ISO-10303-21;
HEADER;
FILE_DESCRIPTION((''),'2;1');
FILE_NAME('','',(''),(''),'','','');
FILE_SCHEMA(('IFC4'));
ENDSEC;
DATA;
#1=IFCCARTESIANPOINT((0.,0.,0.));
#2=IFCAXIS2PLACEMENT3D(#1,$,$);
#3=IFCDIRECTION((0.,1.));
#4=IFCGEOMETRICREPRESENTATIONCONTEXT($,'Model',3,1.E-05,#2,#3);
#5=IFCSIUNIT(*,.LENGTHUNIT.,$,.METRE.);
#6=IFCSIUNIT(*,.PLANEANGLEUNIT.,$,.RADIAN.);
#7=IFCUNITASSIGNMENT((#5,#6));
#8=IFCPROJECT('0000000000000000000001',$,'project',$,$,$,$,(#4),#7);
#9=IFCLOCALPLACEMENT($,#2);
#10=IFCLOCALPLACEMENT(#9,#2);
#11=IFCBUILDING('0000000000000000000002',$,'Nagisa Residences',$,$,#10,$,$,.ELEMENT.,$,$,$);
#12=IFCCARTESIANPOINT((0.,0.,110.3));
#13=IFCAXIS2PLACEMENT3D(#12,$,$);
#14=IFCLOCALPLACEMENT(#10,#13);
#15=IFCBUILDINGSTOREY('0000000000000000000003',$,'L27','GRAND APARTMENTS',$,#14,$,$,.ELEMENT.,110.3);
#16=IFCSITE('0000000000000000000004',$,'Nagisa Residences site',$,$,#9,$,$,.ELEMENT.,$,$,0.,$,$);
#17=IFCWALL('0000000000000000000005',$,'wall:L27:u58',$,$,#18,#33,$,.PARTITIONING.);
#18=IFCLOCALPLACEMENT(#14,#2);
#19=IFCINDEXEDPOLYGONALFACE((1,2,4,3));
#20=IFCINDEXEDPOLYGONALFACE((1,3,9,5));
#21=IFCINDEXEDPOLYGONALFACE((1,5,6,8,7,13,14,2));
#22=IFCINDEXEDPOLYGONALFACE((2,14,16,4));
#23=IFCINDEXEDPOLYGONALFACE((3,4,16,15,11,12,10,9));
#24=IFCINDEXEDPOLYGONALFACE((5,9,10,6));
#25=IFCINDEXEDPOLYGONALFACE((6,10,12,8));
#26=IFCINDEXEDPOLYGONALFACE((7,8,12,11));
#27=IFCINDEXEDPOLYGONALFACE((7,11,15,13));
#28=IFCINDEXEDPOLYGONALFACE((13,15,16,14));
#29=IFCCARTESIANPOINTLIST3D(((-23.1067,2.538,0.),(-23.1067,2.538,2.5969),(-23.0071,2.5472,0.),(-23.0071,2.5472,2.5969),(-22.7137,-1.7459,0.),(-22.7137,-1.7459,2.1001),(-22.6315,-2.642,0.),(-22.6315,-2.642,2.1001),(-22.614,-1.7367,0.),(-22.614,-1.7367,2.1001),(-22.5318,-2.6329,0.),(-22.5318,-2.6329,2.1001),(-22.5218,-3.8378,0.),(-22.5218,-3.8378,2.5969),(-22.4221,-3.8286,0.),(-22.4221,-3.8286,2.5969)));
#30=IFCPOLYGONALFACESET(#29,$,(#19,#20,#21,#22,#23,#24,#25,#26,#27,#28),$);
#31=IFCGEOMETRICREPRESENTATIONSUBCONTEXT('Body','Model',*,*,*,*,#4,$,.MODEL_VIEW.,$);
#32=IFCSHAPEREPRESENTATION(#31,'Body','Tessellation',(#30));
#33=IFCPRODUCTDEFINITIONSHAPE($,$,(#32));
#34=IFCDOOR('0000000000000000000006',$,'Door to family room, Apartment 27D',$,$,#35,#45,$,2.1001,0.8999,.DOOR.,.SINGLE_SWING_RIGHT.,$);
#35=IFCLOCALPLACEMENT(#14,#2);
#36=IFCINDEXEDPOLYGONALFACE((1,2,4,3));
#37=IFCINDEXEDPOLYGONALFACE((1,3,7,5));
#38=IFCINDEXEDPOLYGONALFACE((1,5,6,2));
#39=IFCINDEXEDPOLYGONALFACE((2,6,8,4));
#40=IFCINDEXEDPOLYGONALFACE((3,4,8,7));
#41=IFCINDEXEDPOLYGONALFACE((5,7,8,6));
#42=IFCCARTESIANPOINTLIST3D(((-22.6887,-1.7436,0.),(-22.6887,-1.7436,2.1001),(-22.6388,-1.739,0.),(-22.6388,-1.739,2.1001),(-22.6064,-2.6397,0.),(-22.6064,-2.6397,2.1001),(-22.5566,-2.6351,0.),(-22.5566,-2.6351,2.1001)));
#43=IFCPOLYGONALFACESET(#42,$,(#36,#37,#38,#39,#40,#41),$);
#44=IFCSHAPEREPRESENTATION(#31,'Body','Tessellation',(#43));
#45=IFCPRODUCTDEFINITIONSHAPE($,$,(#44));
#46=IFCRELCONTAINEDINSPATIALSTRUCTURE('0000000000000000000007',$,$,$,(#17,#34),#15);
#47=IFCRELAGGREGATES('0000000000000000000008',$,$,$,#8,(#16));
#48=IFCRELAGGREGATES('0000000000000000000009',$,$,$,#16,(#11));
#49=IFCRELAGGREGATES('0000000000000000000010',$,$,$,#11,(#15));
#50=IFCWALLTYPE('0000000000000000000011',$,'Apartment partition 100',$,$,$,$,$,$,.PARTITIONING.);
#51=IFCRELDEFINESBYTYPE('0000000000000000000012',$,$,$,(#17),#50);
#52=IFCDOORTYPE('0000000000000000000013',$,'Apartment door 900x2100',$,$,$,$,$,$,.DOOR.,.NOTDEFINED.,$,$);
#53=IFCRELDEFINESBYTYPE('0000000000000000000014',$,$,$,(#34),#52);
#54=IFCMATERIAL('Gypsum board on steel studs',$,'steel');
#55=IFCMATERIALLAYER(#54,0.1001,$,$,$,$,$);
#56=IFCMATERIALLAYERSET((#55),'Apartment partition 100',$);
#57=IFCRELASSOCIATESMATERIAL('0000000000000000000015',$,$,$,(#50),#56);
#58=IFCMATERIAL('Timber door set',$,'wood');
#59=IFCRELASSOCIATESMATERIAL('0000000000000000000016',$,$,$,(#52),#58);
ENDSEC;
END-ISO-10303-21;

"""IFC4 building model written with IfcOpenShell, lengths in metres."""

from ifc_helpers import new_model, si_unit, direction, frame, frame_2d, origin, place, context, subcontext, project, spatial, rectangle, extrude, material, layer, layer_set, type_object, element, fill, save


model = new_model("IFC4")

# Units and contexts
model_context = context("Model", 3, precision=1e-05, world=origin(), true_north=direction((0.0, 1.0)))
body_context = subcontext(model_context, "Body", "Model", "MODEL_VIEW")
ifc_project = project(units=[si_unit("LENGTHUNIT", "METRE"), si_unit("PLANEANGLEUNIT", "RADIAN")], contexts=[model_context])

# Site, building, storey
site_placement = place(None, origin())
site = spatial("IfcSite", under=ifc_project, at=site_placement, Name="Nagisa Residences site", CompositionType="ELEMENT", RefElevation=0.0)
building_placement = place(site_placement, origin())
building = spatial("IfcBuilding", under=site, at=building_placement, Name="Nagisa Residences", CompositionType="ELEMENT")
storey_placement = place(building_placement, frame((0.0, 0.0, 110.3)))
storey = spatial("IfcBuildingStorey", under=building, at=storey_placement, Name="L27", Description="GRAND APARTMENTS", CompositionType="ELEMENT", Elevation=110.3)

# Shared definitions
ifc_material_1 = material(Name="Gypsum board on steel studs", Category="steel")
ifc_layer_1 = layer(ifc_material_1, 0.1001)
ifc_layer_set_1 = layer_set([ifc_layer_1], Name="Apartment partition 100")
wall_type_1 = type_object("IfcWallType", Name="Apartment partition 100", PredefinedType="PARTITIONING", material=ifc_layer_set_1)
ifc_material_2 = material(Name="Timber door set", Category="wood")
door_type_1 = type_object("IfcDoorType", Name="Apartment door 900x2100", OperationType="NOTDEFINED", PredefinedType="DOOR", material=ifc_material_2)

# Wall, opening, door
wall_1_placement = place(storey_placement, frame((-23.0569, 2.5425, 0.0), z_axis=(0.0, 0.0, 1.0), x_axis=(0.091364, -0.995818, 0.0)))
wall_1 = element("IfcWall", 1, at=wall_1_placement, inside=storey, type_object=wall_type_1, Name="wall:L27:u58", PredefinedType="PARTITIONING", context=body_context, shape_type="SweptSolid", body=[
    extrude(rectangle(XDim=6.4026, YDim=0.1001, at=frame_2d((3.2012, 0.0))), origin(), (0.0, 0.0, 1.0), 2.5969),
])
opening_1_placement = place(wall_1_placement, frame((4.3018, 0.0, 0.0)))
opening_1 = element("IfcOpeningElement", 2, at=opening_1_placement, cuts=wall_1, PredefinedType="OPENING", context=body_context, shape_type="SweptSolid", body=[
    extrude(rectangle(XDim=0.8999, YDim=2.1001, at=frame_2d((0.45, 1.05))), frame((0.0, 0.0601, 0.0), z_axis=(0.0, -1.0, 0.0), x_axis=(1.0, 0.0, 0.0)), (0.0, 0.0, 1.0), 0.1201),
])
door_1_placement = place(opening_1_placement, frame((0.8999, 0.0, 0.0), x_axis=(-1.0, 0.0, 0.0)))
door_1 = element("IfcDoor", 3, at=door_1_placement, inside=storey, type_object=door_type_1, Name="Door to family room, Apartment 27D", OperationType="SINGLE_SWING_RIGHT", OverallHeight=2.1001, OverallWidth=0.8999, PredefinedType="DOOR", context=body_context, shape_type="SweptSolid", body=[
    extrude(rectangle(XDim=0.8999, YDim=2.1001, at=frame_2d((0.45, 1.05))), frame((0.0, 0.0249, 0.0), z_axis=(0.0, -1.0, 0.0), x_axis=(1.0, 0.0, 0.0)), (0.0, 0.0, 1.0), 0.05),
])
fill(opening_1, door_1)

save(model, "model.ifc")
